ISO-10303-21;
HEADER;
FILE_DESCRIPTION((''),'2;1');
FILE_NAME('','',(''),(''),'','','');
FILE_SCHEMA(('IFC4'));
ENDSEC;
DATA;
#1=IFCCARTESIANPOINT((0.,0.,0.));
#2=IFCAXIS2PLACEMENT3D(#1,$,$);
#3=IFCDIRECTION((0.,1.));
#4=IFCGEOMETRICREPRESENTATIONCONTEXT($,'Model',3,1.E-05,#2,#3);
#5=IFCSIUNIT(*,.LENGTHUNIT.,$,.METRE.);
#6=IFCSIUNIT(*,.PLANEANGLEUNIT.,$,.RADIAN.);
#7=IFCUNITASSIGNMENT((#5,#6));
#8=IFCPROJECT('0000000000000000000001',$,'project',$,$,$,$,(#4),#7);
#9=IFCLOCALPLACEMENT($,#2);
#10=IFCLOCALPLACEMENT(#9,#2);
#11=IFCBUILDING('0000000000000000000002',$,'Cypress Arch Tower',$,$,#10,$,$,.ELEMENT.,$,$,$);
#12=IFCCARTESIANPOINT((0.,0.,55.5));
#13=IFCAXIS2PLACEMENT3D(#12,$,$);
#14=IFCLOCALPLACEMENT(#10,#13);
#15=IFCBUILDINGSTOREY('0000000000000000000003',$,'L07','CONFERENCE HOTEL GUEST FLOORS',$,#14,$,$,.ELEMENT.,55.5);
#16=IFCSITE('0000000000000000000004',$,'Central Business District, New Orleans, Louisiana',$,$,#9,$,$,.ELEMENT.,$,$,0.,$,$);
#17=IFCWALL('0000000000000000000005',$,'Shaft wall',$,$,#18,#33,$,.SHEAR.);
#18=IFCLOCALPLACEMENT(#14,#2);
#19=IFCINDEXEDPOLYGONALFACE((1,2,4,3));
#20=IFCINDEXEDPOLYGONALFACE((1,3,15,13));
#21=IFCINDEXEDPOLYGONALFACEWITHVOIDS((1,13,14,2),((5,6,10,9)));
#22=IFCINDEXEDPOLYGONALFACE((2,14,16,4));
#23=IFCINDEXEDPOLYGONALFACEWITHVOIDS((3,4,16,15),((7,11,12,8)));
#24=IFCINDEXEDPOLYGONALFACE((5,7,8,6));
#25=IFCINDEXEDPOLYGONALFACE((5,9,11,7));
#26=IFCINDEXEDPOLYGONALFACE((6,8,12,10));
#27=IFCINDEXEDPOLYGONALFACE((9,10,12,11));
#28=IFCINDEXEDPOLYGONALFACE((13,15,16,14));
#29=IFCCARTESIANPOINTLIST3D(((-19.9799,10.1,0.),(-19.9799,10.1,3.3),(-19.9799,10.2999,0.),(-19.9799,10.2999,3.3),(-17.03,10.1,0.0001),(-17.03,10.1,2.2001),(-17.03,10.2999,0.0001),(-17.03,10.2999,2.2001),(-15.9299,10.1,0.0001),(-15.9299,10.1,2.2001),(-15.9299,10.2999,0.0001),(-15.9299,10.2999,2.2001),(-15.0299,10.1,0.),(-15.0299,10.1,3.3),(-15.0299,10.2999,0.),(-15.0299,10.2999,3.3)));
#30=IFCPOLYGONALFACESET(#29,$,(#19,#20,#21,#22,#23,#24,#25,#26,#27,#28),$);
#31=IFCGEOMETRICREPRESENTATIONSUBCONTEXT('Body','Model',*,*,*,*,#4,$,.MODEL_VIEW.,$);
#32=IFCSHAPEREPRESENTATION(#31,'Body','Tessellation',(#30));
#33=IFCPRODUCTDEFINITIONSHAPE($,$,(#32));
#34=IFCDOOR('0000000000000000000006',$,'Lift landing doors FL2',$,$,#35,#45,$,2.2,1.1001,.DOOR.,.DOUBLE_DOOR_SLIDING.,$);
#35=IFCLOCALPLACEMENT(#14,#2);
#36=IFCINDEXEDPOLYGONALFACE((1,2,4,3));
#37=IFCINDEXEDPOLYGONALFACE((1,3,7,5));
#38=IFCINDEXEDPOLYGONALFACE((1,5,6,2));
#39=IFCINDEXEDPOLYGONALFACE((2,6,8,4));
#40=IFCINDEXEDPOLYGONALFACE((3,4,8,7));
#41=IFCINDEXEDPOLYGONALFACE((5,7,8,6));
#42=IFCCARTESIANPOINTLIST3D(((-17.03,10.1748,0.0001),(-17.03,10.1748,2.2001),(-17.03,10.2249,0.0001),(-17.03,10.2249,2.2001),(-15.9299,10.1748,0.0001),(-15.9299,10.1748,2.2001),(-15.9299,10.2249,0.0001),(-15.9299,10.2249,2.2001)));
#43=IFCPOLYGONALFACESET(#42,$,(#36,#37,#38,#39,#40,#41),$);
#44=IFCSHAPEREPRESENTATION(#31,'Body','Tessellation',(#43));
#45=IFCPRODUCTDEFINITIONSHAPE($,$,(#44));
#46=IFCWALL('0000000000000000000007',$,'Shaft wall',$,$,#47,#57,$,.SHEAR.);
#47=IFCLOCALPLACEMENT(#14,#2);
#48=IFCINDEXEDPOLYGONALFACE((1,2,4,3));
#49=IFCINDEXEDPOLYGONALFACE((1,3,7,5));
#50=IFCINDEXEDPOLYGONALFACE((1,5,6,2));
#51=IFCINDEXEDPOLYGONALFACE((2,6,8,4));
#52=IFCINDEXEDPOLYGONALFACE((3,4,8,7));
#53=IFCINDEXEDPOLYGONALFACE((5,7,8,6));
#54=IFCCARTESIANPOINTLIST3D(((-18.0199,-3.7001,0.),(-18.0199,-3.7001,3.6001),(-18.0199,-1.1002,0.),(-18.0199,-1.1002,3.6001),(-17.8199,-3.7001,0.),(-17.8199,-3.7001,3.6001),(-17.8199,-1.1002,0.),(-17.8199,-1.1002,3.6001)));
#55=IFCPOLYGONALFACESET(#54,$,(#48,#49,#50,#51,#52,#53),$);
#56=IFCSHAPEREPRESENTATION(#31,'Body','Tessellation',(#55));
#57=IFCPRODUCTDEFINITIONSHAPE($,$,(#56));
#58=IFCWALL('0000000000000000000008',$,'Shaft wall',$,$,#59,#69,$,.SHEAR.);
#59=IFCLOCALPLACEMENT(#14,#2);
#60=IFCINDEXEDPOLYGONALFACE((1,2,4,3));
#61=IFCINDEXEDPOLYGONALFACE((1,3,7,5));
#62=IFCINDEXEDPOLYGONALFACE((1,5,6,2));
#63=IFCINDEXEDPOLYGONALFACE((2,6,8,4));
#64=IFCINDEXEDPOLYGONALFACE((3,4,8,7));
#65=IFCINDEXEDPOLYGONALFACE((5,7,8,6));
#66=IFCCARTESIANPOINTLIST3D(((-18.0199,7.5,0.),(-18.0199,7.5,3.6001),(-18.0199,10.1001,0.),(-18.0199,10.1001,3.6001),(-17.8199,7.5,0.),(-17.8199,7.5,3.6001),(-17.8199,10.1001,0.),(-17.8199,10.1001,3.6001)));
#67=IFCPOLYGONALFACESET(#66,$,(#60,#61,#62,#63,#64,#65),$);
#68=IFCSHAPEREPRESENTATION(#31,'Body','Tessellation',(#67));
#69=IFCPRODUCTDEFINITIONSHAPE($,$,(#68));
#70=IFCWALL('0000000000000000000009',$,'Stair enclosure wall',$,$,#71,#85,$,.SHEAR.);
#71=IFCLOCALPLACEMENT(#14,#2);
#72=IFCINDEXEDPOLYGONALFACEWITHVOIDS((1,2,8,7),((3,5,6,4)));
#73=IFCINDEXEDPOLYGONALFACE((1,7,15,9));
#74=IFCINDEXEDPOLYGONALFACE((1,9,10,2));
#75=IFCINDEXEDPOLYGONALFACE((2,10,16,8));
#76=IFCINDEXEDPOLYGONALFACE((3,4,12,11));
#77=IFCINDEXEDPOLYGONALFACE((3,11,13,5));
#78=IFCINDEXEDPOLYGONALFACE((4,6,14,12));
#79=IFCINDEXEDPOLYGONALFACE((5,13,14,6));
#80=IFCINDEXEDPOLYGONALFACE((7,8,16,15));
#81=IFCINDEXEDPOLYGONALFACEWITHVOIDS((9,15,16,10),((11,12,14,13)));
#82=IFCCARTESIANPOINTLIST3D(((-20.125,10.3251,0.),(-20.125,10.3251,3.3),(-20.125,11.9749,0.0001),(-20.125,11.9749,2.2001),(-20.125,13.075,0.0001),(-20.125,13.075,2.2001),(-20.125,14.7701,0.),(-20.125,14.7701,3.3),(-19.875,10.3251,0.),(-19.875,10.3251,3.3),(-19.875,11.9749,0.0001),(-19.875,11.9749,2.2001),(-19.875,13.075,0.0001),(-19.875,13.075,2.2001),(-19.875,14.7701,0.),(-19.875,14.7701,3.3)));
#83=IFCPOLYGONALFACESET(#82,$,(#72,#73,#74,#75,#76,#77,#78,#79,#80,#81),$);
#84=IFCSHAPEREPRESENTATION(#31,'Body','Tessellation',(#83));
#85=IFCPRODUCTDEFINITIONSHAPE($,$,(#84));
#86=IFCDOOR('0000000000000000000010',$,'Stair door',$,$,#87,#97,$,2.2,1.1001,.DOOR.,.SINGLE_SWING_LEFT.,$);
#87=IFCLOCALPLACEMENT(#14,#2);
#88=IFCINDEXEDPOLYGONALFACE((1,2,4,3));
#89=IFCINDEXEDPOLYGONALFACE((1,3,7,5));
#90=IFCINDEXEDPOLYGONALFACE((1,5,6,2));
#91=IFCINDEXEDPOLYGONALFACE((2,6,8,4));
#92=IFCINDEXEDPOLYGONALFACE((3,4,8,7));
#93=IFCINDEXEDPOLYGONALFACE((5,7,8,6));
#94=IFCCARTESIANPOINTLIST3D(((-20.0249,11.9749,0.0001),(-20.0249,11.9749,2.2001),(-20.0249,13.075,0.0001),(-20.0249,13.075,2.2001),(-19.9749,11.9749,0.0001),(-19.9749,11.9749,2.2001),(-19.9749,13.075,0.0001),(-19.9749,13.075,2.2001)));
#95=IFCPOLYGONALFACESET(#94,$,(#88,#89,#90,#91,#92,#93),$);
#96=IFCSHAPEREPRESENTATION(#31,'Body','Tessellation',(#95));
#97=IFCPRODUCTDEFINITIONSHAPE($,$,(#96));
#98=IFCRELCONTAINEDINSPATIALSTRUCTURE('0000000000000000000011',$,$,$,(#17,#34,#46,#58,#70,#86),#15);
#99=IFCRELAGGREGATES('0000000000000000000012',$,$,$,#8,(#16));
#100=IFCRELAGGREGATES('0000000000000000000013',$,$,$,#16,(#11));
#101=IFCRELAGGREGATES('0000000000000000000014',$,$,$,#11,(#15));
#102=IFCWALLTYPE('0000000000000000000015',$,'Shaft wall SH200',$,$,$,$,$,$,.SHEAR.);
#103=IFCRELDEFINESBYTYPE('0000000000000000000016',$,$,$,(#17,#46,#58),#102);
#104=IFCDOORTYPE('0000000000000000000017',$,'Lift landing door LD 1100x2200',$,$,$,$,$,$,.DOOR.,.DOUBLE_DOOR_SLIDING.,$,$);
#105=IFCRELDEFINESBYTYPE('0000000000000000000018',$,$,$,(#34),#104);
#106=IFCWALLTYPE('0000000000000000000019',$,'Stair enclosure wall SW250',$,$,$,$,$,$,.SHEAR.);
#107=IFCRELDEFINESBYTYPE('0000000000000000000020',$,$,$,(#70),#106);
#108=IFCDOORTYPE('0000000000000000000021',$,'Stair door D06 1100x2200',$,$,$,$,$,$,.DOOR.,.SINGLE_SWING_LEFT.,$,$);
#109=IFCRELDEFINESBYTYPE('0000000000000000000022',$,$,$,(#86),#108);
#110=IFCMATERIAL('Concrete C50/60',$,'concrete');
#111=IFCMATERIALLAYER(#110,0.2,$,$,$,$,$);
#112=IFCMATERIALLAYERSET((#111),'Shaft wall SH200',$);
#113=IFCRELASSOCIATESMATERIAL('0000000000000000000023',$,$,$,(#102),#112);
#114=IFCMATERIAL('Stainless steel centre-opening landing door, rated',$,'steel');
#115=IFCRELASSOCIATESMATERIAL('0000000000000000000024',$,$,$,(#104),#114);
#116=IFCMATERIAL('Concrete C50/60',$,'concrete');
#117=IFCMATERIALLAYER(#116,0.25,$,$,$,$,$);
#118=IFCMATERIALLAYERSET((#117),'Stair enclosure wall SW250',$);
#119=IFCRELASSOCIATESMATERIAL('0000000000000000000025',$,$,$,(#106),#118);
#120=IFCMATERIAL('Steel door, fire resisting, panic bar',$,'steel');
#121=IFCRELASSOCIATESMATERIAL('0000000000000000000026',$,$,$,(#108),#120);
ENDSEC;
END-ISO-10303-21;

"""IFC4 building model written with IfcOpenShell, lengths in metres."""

from ifc_helpers import new_model, si_unit, direction, frame, frame_2d, origin, place, context, subcontext, project, spatial, rectangle, extrude, material, layer, layer_set, type_object, element, fill, save


model = new_model("IFC4")

# Units and contexts
model_context = context("Model", 3, precision=1e-05, world=origin(), true_north=direction((0.0, 1.0)))
body_context = subcontext(model_context, "Body", "Model", "MODEL_VIEW")
ifc_project = project(units=[si_unit("LENGTHUNIT", "METRE"), si_unit("PLANEANGLEUNIT", "RADIAN")], contexts=[model_context])

# Site, building, storey
site_placement = place(None, origin())
site = spatial("IfcSite", under=ifc_project, at=site_placement, Name="Central Business District, New Orleans, Louisiana", CompositionType="ELEMENT", RefElevation=0.0)
building_placement = place(site_placement, origin())
building = spatial("IfcBuilding", under=site, at=building_placement, Name="Cypress Arch Tower", CompositionType="ELEMENT")
storey_placement = place(building_placement, frame((0.0, 0.0, 55.5)))
storey = spatial("IfcBuildingStorey", under=building, at=storey_placement, Name="L07", Description="CONFERENCE HOTEL GUEST FLOORS", CompositionType="ELEMENT", Elevation=55.5)

# Wall, opening, door
ifc_material_1 = material(Name="Concrete C50/60", Category="concrete")
ifc_layer_1 = layer(ifc_material_1, 0.2)
ifc_layer_set_1 = layer_set([ifc_layer_1], Name="Shaft wall SH200")
wall_type_1 = type_object("IfcWallType", Name="Shaft wall SH200", PredefinedType="SHEAR", material=ifc_layer_set_1)
wall_1_placement = place(storey_placement, frame((-19.98, 10.2, 0.0), z_axis=(0.0, 0.0, 1.0), x_axis=(1.0, 0.0, 0.0)))
wall_1 = element("IfcWall", 1, at=wall_1_placement, inside=storey, type_object=wall_type_1, Name="Shaft wall", PredefinedType="SHEAR", context=body_context, shape_type="SweptSolid", body=[
    extrude(rectangle(XDim=4.95, YDim=0.2, at=frame_2d((2.4751, 0.0))), origin(), (0.0, 0.0, 1.0), 3.3),
])
opening_1_placement = place(wall_1_placement, frame((2.95, 0.0, 0.0)))
opening_1 = element("IfcOpeningElement", 2, at=opening_1_placement, cuts=wall_1, PredefinedType="OPENING", context=body_context, shape_type="SweptSolid", body=[
    extrude(rectangle(XDim=1.1001, YDim=2.2, at=frame_2d((0.55, 1.1001))), frame((0.0, 0.1099, 0.0), z_axis=(0.0, -1.0, 0.0), x_axis=(1.0, 0.0, 0.0)), (0.0, 0.0, 1.0), 0.22),
])
ifc_material_2 = material(Name="Stainless steel centre-opening landing door, rated", Category="steel")
door_type_1 = type_object("IfcDoorType", Name="Lift landing door LD 1100x2200", OperationType="DOUBLE_DOOR_SLIDING", PredefinedType="DOOR", material=ifc_material_2)
door_1_placement = place(opening_1_placement, origin())
door_1 = element("IfcDoor", 3, at=door_1_placement, inside=storey, type_object=door_type_1, Name="Lift landing doors FL2", OperationType="DOUBLE_DOOR_SLIDING", OverallHeight=2.2, OverallWidth=1.1001, PredefinedType="DOOR", context=body_context, shape_type="SweptSolid", body=[
    extrude(rectangle(XDim=1.1001, YDim=2.2, at=frame_2d((0.55, 1.1001))), frame((0.0, 0.0249, 0.0), z_axis=(0.0, -1.0, 0.0), x_axis=(1.0, 0.0, 0.0)), (0.0, 0.0, 1.0), 0.05),
])
fill(opening_1, door_1)

# Walls
wall_2_placement = place(storey_placement, frame((-17.9199, -3.7, 0.0), z_axis=(0.0, 0.0, 1.0), x_axis=(0.0, 1.0, 0.0)))
element("IfcWall", 4, at=wall_2_placement, inside=storey, type_object=wall_type_1, Name="Shaft wall", PredefinedType="SHEAR", context=body_context, shape_type="SweptSolid", body=[
    extrude(rectangle(XDim=2.5999, YDim=0.2, at=frame_2d((1.2998, 0.0))), origin(), (0.0, 0.0, 1.0), 3.6001),
])
wall_3_placement = place(storey_placement, frame((-17.9199, 7.5, 0.0), z_axis=(0.0, 0.0, 1.0), x_axis=(0.0, 1.0, 0.0)))
element("IfcWall", 5, at=wall_3_placement, inside=storey, type_object=wall_type_1, Name="Shaft wall", PredefinedType="SHEAR", context=body_context, shape_type="SweptSolid", body=[
    extrude(rectangle(XDim=2.6001, YDim=0.2, at=frame_2d((1.3, 0.0))), origin(), (0.0, 0.0, 1.0), 3.6001),
])

# Wall, opening, door
ifc_material_3 = material(Name="Concrete C50/60", Category="concrete")
ifc_layer_2 = layer(ifc_material_3, 0.25)
ifc_layer_set_2 = layer_set([ifc_layer_2], Name="Stair enclosure wall SW250")
wall_type_2 = type_object("IfcWallType", Name="Stair enclosure wall SW250", PredefinedType="SHEAR", material=ifc_layer_set_2)
wall_4_placement = place(storey_placement, frame((-20.0, 10.325, 0.0), z_axis=(0.0, 0.0, 1.0), x_axis=(0.0, 1.0, 0.0)))
wall_4 = element("IfcWall", 6, at=wall_4_placement, inside=storey, type_object=wall_type_2, Name="Stair enclosure wall", PredefinedType="SHEAR", context=body_context, shape_type="SweptSolid", body=[
    extrude(rectangle(XDim=4.4451, YDim=0.25, at=frame_2d((2.2227, 0.0))), origin(), (0.0, 0.0, 1.0), 3.3),
])
opening_2_placement = place(wall_4_placement, frame((1.6499, 0.0, 0.0)))
opening_2 = element("IfcOpeningElement", 7, at=opening_2_placement, cuts=wall_4, PredefinedType="OPENING", context=body_context, shape_type="SweptSolid", body=[
    extrude(rectangle(XDim=1.1001, YDim=2.2, at=frame_2d((0.55, 1.1001))), frame((0.0, 0.135, 0.0), z_axis=(0.0, -1.0, 0.0), x_axis=(1.0, 0.0, 0.0)), (0.0, 0.0, 1.0), 0.27),
])
ifc_material_4 = material(Name="Steel door, fire resisting, panic bar", Category="steel")
door_type_2 = type_object("IfcDoorType", Name="Stair door D06 1100x2200", OperationType="SINGLE_SWING_LEFT", PredefinedType="DOOR", material=ifc_material_4)
door_2_placement = place(opening_2_placement, origin())
door_2 = element("IfcDoor", 8, at=door_2_placement, inside=storey, type_object=door_type_2, Name="Stair door", OperationType="SINGLE_SWING_LEFT", OverallHeight=2.2, OverallWidth=1.1001, PredefinedType="DOOR", context=body_context, shape_type="SweptSolid", body=[
    extrude(rectangle(XDim=1.1001, YDim=2.2, at=frame_2d((0.55, 1.1001))), frame((0.0, 0.0249, 0.0), z_axis=(0.0, -1.0, 0.0), x_axis=(1.0, 0.0, 0.0)), (0.0, 0.0, 1.0), 0.05),
])
fill(opening_2, door_2)

save(model, "model.ifc")
